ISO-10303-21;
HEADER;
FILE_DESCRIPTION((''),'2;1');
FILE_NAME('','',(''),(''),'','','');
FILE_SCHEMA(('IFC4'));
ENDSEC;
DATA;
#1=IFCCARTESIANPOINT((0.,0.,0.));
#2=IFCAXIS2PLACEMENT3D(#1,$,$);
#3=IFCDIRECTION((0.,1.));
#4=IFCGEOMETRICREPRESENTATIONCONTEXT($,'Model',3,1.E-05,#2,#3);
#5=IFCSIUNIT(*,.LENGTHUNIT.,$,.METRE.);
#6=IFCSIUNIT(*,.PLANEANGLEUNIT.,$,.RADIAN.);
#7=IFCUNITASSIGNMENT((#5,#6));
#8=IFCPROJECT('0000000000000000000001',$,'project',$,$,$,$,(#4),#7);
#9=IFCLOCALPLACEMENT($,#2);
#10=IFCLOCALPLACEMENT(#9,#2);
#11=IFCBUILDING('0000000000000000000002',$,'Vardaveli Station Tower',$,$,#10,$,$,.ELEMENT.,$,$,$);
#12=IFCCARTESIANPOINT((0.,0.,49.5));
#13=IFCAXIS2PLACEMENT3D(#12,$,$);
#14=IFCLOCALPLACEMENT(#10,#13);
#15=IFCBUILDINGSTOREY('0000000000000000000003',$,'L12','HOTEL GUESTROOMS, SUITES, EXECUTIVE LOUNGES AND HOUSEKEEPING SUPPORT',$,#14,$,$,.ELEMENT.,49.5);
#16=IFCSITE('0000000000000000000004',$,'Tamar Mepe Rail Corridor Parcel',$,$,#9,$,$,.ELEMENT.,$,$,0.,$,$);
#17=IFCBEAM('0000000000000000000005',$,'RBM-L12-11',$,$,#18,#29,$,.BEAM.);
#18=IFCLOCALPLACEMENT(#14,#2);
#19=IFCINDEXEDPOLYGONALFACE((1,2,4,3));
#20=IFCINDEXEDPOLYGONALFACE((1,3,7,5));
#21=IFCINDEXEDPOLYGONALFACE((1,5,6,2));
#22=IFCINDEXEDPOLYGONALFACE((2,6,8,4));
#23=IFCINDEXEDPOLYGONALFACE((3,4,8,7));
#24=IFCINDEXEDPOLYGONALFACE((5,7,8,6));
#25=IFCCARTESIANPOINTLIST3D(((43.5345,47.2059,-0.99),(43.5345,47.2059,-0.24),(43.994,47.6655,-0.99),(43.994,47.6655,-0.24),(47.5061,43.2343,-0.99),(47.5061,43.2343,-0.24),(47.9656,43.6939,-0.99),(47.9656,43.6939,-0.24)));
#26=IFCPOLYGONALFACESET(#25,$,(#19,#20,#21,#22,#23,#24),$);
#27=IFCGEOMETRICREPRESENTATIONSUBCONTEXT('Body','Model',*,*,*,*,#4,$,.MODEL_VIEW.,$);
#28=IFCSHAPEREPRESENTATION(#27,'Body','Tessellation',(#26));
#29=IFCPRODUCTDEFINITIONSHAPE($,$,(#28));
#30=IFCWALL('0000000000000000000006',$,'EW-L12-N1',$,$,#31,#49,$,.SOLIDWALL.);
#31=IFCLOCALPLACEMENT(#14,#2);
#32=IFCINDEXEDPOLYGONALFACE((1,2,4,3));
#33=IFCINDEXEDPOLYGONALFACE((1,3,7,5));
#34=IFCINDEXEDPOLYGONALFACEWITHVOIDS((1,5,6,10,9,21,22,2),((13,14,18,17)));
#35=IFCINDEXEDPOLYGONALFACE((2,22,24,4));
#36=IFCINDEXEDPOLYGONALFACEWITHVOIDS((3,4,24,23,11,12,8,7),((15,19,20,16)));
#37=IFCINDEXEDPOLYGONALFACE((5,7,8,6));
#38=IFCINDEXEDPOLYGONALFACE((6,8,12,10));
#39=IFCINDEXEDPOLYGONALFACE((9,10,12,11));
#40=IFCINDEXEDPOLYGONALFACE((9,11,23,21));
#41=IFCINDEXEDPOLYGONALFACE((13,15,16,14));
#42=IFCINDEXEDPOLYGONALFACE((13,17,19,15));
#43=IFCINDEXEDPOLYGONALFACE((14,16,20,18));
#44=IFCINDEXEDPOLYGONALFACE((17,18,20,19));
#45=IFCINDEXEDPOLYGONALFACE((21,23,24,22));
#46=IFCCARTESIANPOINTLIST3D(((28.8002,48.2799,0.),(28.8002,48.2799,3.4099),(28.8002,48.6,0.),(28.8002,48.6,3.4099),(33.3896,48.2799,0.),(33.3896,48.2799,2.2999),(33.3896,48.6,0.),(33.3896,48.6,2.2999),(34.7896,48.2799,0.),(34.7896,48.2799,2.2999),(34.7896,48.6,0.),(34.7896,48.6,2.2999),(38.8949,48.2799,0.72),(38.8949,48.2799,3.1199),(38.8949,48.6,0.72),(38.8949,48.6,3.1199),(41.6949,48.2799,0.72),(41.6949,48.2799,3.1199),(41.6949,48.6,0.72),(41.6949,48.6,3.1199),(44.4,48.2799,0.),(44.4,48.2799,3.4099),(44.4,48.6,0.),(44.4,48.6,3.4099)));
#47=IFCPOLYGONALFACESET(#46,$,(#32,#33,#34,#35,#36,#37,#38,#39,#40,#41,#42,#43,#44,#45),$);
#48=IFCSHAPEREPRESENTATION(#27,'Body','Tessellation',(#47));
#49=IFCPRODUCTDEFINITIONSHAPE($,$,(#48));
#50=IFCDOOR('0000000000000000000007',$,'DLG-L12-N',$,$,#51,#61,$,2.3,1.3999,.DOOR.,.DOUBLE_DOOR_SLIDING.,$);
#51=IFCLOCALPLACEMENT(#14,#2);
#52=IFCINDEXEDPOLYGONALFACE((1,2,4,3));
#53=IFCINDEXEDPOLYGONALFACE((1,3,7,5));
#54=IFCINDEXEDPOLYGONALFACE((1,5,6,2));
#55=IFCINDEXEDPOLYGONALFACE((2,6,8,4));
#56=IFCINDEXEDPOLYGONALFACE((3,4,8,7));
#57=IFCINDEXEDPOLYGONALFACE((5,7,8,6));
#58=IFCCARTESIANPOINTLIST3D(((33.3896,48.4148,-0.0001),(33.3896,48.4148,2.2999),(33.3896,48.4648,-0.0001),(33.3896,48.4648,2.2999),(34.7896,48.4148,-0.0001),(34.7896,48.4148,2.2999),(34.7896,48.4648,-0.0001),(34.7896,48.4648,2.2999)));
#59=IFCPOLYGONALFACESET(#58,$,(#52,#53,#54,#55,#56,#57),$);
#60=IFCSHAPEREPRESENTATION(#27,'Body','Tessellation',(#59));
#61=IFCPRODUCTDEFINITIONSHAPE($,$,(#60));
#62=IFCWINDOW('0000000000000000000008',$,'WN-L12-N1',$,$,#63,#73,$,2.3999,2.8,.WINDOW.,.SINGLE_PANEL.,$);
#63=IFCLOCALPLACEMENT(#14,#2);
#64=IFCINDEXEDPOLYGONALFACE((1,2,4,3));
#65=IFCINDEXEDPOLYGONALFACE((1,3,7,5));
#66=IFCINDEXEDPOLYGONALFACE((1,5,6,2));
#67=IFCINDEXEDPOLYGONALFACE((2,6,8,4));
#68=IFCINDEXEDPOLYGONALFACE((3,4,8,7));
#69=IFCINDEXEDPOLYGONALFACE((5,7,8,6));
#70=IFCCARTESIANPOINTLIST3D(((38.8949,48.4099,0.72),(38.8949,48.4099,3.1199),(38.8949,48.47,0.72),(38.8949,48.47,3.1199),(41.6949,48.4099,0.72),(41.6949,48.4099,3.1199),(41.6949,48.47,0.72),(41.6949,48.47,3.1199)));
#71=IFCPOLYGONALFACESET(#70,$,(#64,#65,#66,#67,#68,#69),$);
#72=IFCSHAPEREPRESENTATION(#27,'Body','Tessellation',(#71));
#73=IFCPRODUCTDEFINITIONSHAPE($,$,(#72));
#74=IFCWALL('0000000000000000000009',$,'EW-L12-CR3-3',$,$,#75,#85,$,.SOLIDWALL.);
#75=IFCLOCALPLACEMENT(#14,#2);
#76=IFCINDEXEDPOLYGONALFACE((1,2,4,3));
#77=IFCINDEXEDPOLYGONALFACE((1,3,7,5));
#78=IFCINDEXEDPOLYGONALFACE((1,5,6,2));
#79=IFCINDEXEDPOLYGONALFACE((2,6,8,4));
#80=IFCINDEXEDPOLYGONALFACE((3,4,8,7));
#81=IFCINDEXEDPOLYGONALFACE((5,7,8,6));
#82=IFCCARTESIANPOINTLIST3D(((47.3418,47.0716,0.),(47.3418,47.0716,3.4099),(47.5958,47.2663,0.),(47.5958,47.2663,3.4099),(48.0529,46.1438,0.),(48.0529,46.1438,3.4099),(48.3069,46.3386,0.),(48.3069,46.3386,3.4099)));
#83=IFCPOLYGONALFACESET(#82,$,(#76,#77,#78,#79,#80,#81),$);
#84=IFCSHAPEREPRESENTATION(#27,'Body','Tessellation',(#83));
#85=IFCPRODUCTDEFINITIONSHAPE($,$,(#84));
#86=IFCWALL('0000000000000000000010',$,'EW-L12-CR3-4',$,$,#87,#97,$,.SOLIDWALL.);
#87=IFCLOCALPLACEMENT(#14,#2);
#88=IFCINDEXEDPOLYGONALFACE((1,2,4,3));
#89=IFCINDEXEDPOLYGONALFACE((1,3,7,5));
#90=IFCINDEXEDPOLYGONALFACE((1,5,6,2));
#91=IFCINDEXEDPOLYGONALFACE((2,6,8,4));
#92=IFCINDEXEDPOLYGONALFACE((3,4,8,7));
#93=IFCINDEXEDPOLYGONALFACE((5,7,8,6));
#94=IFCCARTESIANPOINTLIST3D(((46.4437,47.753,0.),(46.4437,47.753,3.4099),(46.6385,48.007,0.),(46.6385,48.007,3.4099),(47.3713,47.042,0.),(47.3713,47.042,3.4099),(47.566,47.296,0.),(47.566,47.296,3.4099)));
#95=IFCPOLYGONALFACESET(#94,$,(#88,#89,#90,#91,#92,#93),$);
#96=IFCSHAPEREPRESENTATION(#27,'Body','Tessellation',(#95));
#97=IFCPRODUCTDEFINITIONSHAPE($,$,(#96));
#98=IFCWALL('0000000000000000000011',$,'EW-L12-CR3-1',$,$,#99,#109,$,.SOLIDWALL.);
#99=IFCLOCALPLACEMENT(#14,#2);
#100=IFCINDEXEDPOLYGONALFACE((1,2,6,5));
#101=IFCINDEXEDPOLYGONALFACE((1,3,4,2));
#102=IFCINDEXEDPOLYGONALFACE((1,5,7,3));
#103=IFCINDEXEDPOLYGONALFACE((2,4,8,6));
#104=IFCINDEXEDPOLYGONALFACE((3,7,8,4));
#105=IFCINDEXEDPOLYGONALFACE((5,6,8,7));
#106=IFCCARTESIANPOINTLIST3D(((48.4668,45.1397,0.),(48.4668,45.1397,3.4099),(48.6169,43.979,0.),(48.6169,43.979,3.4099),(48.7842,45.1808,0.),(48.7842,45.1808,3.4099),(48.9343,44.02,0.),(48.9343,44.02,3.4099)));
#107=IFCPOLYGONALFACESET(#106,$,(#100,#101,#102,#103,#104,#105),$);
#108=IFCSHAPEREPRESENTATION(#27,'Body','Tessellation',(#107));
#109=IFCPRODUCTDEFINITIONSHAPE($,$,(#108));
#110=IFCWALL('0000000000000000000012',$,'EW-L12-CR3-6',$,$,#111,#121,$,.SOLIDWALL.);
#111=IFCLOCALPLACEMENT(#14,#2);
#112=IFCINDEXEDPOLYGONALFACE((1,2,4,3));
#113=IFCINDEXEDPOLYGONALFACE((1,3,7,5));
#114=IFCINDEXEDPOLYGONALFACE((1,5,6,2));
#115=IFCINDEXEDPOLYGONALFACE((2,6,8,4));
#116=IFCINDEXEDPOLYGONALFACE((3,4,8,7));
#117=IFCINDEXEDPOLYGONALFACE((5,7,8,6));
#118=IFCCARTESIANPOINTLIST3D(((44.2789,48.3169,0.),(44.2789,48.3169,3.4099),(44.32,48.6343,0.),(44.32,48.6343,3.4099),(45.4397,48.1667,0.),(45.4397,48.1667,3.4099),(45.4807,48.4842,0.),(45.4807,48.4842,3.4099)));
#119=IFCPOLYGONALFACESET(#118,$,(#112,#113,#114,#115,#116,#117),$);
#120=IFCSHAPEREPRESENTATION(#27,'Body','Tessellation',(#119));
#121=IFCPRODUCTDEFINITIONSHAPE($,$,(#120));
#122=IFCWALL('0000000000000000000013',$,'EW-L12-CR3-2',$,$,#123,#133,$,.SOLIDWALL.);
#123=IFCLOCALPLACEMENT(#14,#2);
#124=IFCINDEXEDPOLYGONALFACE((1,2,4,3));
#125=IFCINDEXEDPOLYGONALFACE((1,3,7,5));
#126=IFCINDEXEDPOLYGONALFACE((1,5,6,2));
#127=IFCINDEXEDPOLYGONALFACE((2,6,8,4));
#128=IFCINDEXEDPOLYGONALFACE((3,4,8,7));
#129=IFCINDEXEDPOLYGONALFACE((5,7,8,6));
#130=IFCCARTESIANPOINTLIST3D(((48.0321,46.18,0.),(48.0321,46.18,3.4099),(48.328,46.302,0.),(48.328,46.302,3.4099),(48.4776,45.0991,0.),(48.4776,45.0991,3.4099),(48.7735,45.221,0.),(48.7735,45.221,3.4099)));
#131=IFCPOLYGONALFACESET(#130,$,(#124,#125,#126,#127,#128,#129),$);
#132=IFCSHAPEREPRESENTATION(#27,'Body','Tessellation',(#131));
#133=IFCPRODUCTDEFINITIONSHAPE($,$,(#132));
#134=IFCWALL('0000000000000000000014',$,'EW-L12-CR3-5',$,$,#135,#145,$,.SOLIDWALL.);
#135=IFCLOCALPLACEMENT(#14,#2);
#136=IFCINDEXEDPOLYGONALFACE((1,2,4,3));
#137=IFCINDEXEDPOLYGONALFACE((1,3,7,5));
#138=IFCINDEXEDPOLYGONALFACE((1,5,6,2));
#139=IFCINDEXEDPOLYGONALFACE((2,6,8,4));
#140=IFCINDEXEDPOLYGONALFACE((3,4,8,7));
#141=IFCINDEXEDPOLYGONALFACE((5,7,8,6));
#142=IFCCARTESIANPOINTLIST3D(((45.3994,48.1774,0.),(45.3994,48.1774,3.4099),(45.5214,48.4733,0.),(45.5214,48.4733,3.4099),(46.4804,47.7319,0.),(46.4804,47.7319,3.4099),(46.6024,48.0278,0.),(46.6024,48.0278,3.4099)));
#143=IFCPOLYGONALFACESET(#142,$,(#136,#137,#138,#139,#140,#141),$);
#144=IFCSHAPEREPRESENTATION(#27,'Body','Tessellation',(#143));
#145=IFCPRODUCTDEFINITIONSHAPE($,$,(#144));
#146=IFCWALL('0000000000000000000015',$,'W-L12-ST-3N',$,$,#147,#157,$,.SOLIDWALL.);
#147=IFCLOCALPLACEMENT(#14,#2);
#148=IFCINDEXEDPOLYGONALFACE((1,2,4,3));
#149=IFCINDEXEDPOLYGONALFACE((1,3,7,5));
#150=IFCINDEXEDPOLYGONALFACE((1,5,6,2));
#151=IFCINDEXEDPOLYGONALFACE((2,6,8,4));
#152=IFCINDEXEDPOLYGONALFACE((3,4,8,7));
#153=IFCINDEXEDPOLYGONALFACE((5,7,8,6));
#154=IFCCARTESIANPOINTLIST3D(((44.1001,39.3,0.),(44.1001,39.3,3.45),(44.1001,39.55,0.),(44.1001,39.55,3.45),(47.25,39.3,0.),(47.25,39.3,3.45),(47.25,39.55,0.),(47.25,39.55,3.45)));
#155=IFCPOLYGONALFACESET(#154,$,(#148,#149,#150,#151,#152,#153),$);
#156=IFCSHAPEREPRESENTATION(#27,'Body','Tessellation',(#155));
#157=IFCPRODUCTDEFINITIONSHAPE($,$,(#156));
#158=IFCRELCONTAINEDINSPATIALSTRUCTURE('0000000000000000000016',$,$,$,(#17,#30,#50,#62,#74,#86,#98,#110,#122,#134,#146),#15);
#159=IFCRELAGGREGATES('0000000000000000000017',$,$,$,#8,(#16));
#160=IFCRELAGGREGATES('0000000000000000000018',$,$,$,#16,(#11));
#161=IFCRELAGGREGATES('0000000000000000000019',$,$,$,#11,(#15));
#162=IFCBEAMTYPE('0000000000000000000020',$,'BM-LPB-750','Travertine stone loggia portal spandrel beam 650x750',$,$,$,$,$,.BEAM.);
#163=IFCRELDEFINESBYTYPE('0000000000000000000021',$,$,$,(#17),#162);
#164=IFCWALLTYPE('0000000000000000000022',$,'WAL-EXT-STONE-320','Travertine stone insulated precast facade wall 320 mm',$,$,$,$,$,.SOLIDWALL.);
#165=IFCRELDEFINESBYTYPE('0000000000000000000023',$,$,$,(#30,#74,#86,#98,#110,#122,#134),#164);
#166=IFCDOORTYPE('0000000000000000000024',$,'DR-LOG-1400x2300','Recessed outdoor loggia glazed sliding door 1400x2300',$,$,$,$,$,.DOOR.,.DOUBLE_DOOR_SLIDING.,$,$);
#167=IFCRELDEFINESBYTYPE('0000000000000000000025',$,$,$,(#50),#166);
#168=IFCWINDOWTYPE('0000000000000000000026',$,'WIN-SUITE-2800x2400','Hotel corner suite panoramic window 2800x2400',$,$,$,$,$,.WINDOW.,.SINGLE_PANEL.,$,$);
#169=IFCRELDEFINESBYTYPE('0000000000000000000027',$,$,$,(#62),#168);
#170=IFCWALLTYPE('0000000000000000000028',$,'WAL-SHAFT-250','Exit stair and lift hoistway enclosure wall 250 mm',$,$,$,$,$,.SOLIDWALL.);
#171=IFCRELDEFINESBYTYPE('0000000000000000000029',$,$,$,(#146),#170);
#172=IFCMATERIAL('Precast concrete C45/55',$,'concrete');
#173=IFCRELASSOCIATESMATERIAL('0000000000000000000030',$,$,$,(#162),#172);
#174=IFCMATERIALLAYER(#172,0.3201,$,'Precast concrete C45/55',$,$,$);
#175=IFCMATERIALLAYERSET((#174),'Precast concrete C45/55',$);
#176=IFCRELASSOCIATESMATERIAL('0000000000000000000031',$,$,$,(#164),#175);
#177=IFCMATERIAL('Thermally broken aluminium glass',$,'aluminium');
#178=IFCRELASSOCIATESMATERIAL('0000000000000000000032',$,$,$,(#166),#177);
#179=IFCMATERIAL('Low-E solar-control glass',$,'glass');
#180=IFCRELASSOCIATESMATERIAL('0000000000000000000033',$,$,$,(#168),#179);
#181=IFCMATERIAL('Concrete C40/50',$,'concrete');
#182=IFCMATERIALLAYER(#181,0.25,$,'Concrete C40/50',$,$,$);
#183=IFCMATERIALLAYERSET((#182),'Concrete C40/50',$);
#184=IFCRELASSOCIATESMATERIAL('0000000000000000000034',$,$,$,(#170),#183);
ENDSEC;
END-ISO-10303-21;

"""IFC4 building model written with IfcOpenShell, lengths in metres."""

from ifc_helpers import new_model, si_unit, direction, frame, frame_2d, origin, origin_2d, place, context, subcontext, project, spatial, rectangle, extrude, source, transform, mapped, material, layer, layer_set, material_profile, profile_set, type_object, element, fill, save


model = new_model("IFC4")

# Units and contexts
model_context = context("Model", 3, precision=1e-05, world=origin(), true_north=direction((0.0, 1.0)))
body_context = subcontext(model_context, "Body", "Model", "MODEL_VIEW")
ifc_project = project(units=[si_unit("LENGTHUNIT", "METRE"), si_unit("PLANEANGLEUNIT", "RADIAN")], contexts=[model_context])

# Site, building, storey
site_placement = place(None, origin())
site = spatial("IfcSite", under=ifc_project, at=site_placement, Name="Tamar Mepe Rail Corridor Parcel", CompositionType="ELEMENT", RefElevation=0.0)
building_placement = place(site_placement, origin())
building = spatial("IfcBuilding", under=site, at=building_placement, Name="Vardaveli Station Tower", CompositionType="ELEMENT")
storey_placement = place(building_placement, frame((0.0, 0.0, 49.5)))
storey = spatial("IfcBuildingStorey", under=building, at=storey_placement, Name="L12", Description="HOTEL GUESTROOMS, SUITES, EXECUTIVE LOUNGES AND HOUSEKEEPING SUPPORT", CompositionType="ELEMENT", Elevation=49.5)

# Beam
ifc_material_1 = material(Name="Precast concrete C45/55", Category="concrete")
ifc_material_profile_1 = material_profile(ifc_material_1, rectangle(XDim=0.6499, YDim=0.75, at=origin_2d()), Name="LPB 650x750")
ifc_profile_set_1 = profile_set([ifc_material_profile_1], Name="Precast concrete C45/55")
beam_type = type_object("IfcBeamType", Name="BM-LPB-750", Description="Travertine stone loggia portal spandrel beam 650x750", PredefinedType="BEAM", material=ifc_profile_set_1)
shared_shape_1 = source(origin(), body_context, "Body", "SweptSolid", [
    extrude(rectangle(XDim=0.6499, YDim=0.75, at=origin_2d()), origin(), (0.0, 0.0, 1.0), 5.6167),
])
beam_placement = place(storey_placement, frame((47.7358, 43.4641, -0.615), z_axis=(-0.707107, 0.707107, 0.0), x_axis=(-0.707107, -0.707107, 0.0)))
element("IfcBeam", 1, at=beam_placement, inside=storey, type_object=beam_type, Name="RBM-L12-11", PredefinedType="BEAM", context=body_context, shape_type="MappedRepresentation", body=[
    mapped(shared_shape_1, transform((0.0, 0.0, 0.0), scale=1.0)),
])

# Wall, openings, door, window
ifc_layer_1 = layer(ifc_material_1, 0.3201, Name="Precast concrete C45/55")
ifc_layer_set_1 = layer_set([ifc_layer_1], Name="Precast concrete C45/55")
wall_type_1 = type_object("IfcWallType", Name="WAL-EXT-STONE-320", Description="Travertine stone insulated precast facade wall 320 mm", PredefinedType="SOLIDWALL", material=ifc_layer_set_1)
shared_shape_2 = source(origin(), body_context, "Body", "SweptSolid", [
    extrude(rectangle(XDim=15.5999, YDim=0.3201, at=frame_2d((7.7998, 0.0))), origin(), (0.0, 0.0, 1.0), 3.4099),
])
wall_1_placement = place(storey_placement, frame((44.3999, 48.4399, 0.0), z_axis=(0.0, 0.0, 1.0), x_axis=(-1.0, 0.0, 0.0)))
wall_1 = element("IfcWall", 2, at=wall_1_placement, inside=storey, type_object=wall_type_1, Name="EW-L12-N1", PredefinedType="SOLIDWALL", context=body_context, shape_type="MappedRepresentation", body=[
    mapped(shared_shape_2, transform((0.0, 0.0, 0.0), scale=1.0)),
])
shared_shape_3 = source(origin(), body_context, "Body", "SweptSolid", [
    extrude(rectangle(XDim=1.3999, YDim=2.3, at=frame_2d((0.7, 1.1499))), frame((0.0, 0.1699, 0.0), z_axis=(0.0, -1.0, 0.0), x_axis=(1.0, 0.0, 0.0)), (0.0, 0.0, 1.0), 0.3401),
])
opening_1_placement = place(wall_1_placement, frame((9.6104, 0.0, 0.0)))
opening_1 = element("IfcOpeningElement", 3, at=opening_1_placement, cuts=wall_1, PredefinedType="OPENING", context=body_context, shape_type="MappedRepresentation", body=[
    mapped(shared_shape_3, transform((0.0, 0.0, 0.0), scale=1.0)),
])
shared_shape_4 = source(origin(), body_context, "Body", "SweptSolid", [
    extrude(rectangle(XDim=2.8, YDim=2.3999, at=frame_2d((1.3999, 1.2))), frame((0.0, 0.1699, 0.0), z_axis=(0.0, -1.0, 0.0), x_axis=(1.0, 0.0, 0.0)), (0.0, 0.0, 1.0), 0.3401),
])
opening_2_placement = place(wall_1_placement, frame((2.7051, 0.0, 0.72)))
opening_2 = element("IfcOpeningElement", 4, at=opening_2_placement, cuts=wall_1, PredefinedType="OPENING", context=body_context, shape_type="MappedRepresentation", body=[
    mapped(shared_shape_4, transform((0.0, 0.0, 0.0), scale=1.0)),
])
ifc_material_2 = material(Name="Thermally broken aluminium glass", Category="aluminium")
door_type = type_object("IfcDoorType", Name="DR-LOG-1400x2300", Description="Recessed outdoor loggia glazed sliding door 1400x2300", OperationType="DOUBLE_DOOR_SLIDING", PredefinedType="DOOR", material=ifc_material_2)
shared_shape_5 = source(origin(), body_context, "Body", "SweptSolid", [
    extrude(rectangle(XDim=1.3999, YDim=2.3, at=frame_2d((0.7, 1.1499))), frame((0.0, 0.0249, 0.0), z_axis=(0.0, -1.0, 0.0), x_axis=(1.0, 0.0, 0.0)), (0.0, 0.0, 1.0), 0.05),
])
door_placement = place(opening_1_placement, frame((1.3999, 0.0, 0.0), z_axis=(0.0, 0.0, 1.0), x_axis=(-1.0, 0.0, 0.0)))
door = element("IfcDoor", 5, at=door_placement, inside=storey, type_object=door_type, Name="DLG-L12-N", OperationType="DOUBLE_DOOR_SLIDING", OverallHeight=2.3, OverallWidth=1.3999, PredefinedType="DOOR", context=body_context, shape_type="MappedRepresentation", body=[
    mapped(shared_shape_5, transform((0.0, 0.0, 0.0), scale=1.0)),
])
fill(opening_1, door)
ifc_material_3 = material(Name="Low-E solar-control glass", Category="glass")
window_type = type_object("IfcWindowType", Name="WIN-SUITE-2800x2400", Description="Hotel corner suite panoramic window 2800x2400", PartitioningType="SINGLE_PANEL", PredefinedType="WINDOW", material=ifc_material_3)
shared_shape_6 = source(origin(), body_context, "Body", "SweptSolid", [
    extrude(rectangle(XDim=2.8, YDim=2.3999, at=frame_2d((1.3999, 1.2))), frame((0.0, 0.03, 0.0), z_axis=(0.0, -1.0, 0.0), x_axis=(1.0, 0.0, 0.0)), (0.0, 0.0, 1.0), 0.0601),
])
window_placement = place(opening_2_placement, origin())
window = element("IfcWindow", 6, at=window_placement, inside=storey, type_object=window_type, Name="WN-L12-N1", OverallHeight=2.3999, OverallWidth=2.8, PartitioningType="SINGLE_PANEL", PredefinedType="WINDOW", context=body_context, shape_type="MappedRepresentation", body=[
    mapped(shared_shape_6, transform((0.0, 0.0, 0.0), scale=1.0)),
])
fill(opening_2, window)

# Walls
shared_shape_7 = source(origin(), body_context, "Body", "SweptSolid", [
    extrude(rectangle(XDim=1.1689, YDim=0.3201, at=frame_2d((0.5845, 0.0))), origin(), (0.0, 0.0, 1.0), 3.4099),
])
wall_2_placement = place(storey_placement, frame((48.1799, 46.2412, 0.0), z_axis=(0.0, 0.0, 1.0), x_axis=(-0.608388, 0.79364, 0.0)))
element("IfcWall", 7, at=wall_2_placement, inside=storey, type_object=wall_type_1, Name="EW-L12-CR3-3", PredefinedType="SOLIDWALL", context=body_context, shape_type="MappedRepresentation", body=[
    mapped(shared_shape_7, transform((0.0, 0.0, 0.0), scale=1.0)),
])
shared_shape_8 = source(origin(), body_context, "Body", "SweptSolid", [
    extrude(rectangle(XDim=1.1687, YDim=0.3201, at=frame_2d((0.5845, 0.0))), origin(), (0.0, 0.0, 1.0), 3.4099),
])
wall_3_placement = place(storey_placement, frame((47.4688, 47.1689, 0.0), z_axis=(0.0, 0.0, 1.0), x_axis=(-0.793664, 0.608357, 0.0)))
element("IfcWall", 8, at=wall_3_placement, inside=storey, type_object=wall_type_1, Name="EW-L12-CR3-4", PredefinedType="SOLIDWALL", context=body_context, shape_type="MappedRepresentation", body=[
    mapped(shared_shape_8, transform((0.0, 0.0, 0.0), scale=1.0)),
])
shared_shape_9 = source(origin(), body_context, "Body", "SweptSolid", [
    extrude(rectangle(XDim=1.1704, YDim=0.3201, at=frame_2d((0.5852, 0.0))), origin(), (0.0, 0.0, 1.0), 3.4099),
])
for number, where, z_axis, x_axis, name in (
    (9, (48.7756, 43.9995, 0.0), (0.0, 0.0, 1.0), (-0.128296, 0.991736, 0.0), "EW-L12-CR3-1"),
    (10, (45.4602, 48.3254, 0.0), (0.0, 0.0, 1.0), (-0.991736, 0.128296, 0.0), "EW-L12-CR3-6"),
):
    element("IfcWall", number, at=place(storey_placement, frame(where, z_axis=z_axis, x_axis=x_axis)), inside=storey, type_object=wall_type_1, Name=name, PredefinedType="SOLIDWALL", context=body_context, shape_type="MappedRepresentation", body=[
        mapped(shared_shape_9, transform((0.0, 0.0, 0.0), scale=1.0)),
    ])
shared_shape_10 = source(origin(), body_context, "Body", "SweptSolid", [
    extrude(rectangle(XDim=1.1692, YDim=0.3201, at=frame_2d((0.5845, 0.0))), origin(), (0.0, 0.0, 1.0), 3.4099),
])
for number, where, z_axis, x_axis, name in (
    (11, (48.6255, 45.1602, 0.0), (0.0, 0.0, 1.0), (-0.381054, 0.924553, 0.0), "EW-L12-CR3-2"),
    (12, (46.5413, 47.8799, 0.0), (0.0, 0.0, 1.0), (-0.924553, 0.381054, 0.0), "EW-L12-CR3-5"),
):
    element("IfcWall", number, at=place(storey_placement, frame(where, z_axis=z_axis, x_axis=x_axis)), inside=storey, type_object=wall_type_1, Name=name, PredefinedType="SOLIDWALL", context=body_context, shape_type="MappedRepresentation", body=[
        mapped(shared_shape_10, transform((0.0, 0.0, 0.0), scale=1.0)),
    ])
ifc_material_4 = material(Name="Concrete C40/50", Category="concrete")
ifc_layer_2 = layer(ifc_material_4, 0.25, Name="Concrete C40/50")
ifc_layer_set_2 = layer_set([ifc_layer_2], Name="Concrete C40/50")
wall_type_2 = type_object("IfcWallType", Name="WAL-SHAFT-250", Description="Exit stair and lift hoistway enclosure wall 250 mm", PredefinedType="SOLIDWALL", material=ifc_layer_set_2)
shared_shape_11 = source(origin(), body_context, "Body", "SweptSolid", [
    extrude(rectangle(XDim=3.1499, YDim=0.25, at=frame_2d((1.575, 0.0))), origin(), (0.0, 0.0, 1.0), 3.45),
])
wall_4_placement = place(storey_placement, frame((44.1001, 39.425, 0.0), z_axis=(0.0, 0.0, 1.0), x_axis=(1.0, 0.0, 0.0)))
element("IfcWall", 13, at=wall_4_placement, inside=storey, type_object=wall_type_2, Name="W-L12-ST-3N", PredefinedType="SOLIDWALL", context=body_context, shape_type="MappedRepresentation", body=[
    mapped(shared_shape_11, transform((0.0, 0.0, 0.0), scale=1.0)),
])

save(model, "model.ifc")
